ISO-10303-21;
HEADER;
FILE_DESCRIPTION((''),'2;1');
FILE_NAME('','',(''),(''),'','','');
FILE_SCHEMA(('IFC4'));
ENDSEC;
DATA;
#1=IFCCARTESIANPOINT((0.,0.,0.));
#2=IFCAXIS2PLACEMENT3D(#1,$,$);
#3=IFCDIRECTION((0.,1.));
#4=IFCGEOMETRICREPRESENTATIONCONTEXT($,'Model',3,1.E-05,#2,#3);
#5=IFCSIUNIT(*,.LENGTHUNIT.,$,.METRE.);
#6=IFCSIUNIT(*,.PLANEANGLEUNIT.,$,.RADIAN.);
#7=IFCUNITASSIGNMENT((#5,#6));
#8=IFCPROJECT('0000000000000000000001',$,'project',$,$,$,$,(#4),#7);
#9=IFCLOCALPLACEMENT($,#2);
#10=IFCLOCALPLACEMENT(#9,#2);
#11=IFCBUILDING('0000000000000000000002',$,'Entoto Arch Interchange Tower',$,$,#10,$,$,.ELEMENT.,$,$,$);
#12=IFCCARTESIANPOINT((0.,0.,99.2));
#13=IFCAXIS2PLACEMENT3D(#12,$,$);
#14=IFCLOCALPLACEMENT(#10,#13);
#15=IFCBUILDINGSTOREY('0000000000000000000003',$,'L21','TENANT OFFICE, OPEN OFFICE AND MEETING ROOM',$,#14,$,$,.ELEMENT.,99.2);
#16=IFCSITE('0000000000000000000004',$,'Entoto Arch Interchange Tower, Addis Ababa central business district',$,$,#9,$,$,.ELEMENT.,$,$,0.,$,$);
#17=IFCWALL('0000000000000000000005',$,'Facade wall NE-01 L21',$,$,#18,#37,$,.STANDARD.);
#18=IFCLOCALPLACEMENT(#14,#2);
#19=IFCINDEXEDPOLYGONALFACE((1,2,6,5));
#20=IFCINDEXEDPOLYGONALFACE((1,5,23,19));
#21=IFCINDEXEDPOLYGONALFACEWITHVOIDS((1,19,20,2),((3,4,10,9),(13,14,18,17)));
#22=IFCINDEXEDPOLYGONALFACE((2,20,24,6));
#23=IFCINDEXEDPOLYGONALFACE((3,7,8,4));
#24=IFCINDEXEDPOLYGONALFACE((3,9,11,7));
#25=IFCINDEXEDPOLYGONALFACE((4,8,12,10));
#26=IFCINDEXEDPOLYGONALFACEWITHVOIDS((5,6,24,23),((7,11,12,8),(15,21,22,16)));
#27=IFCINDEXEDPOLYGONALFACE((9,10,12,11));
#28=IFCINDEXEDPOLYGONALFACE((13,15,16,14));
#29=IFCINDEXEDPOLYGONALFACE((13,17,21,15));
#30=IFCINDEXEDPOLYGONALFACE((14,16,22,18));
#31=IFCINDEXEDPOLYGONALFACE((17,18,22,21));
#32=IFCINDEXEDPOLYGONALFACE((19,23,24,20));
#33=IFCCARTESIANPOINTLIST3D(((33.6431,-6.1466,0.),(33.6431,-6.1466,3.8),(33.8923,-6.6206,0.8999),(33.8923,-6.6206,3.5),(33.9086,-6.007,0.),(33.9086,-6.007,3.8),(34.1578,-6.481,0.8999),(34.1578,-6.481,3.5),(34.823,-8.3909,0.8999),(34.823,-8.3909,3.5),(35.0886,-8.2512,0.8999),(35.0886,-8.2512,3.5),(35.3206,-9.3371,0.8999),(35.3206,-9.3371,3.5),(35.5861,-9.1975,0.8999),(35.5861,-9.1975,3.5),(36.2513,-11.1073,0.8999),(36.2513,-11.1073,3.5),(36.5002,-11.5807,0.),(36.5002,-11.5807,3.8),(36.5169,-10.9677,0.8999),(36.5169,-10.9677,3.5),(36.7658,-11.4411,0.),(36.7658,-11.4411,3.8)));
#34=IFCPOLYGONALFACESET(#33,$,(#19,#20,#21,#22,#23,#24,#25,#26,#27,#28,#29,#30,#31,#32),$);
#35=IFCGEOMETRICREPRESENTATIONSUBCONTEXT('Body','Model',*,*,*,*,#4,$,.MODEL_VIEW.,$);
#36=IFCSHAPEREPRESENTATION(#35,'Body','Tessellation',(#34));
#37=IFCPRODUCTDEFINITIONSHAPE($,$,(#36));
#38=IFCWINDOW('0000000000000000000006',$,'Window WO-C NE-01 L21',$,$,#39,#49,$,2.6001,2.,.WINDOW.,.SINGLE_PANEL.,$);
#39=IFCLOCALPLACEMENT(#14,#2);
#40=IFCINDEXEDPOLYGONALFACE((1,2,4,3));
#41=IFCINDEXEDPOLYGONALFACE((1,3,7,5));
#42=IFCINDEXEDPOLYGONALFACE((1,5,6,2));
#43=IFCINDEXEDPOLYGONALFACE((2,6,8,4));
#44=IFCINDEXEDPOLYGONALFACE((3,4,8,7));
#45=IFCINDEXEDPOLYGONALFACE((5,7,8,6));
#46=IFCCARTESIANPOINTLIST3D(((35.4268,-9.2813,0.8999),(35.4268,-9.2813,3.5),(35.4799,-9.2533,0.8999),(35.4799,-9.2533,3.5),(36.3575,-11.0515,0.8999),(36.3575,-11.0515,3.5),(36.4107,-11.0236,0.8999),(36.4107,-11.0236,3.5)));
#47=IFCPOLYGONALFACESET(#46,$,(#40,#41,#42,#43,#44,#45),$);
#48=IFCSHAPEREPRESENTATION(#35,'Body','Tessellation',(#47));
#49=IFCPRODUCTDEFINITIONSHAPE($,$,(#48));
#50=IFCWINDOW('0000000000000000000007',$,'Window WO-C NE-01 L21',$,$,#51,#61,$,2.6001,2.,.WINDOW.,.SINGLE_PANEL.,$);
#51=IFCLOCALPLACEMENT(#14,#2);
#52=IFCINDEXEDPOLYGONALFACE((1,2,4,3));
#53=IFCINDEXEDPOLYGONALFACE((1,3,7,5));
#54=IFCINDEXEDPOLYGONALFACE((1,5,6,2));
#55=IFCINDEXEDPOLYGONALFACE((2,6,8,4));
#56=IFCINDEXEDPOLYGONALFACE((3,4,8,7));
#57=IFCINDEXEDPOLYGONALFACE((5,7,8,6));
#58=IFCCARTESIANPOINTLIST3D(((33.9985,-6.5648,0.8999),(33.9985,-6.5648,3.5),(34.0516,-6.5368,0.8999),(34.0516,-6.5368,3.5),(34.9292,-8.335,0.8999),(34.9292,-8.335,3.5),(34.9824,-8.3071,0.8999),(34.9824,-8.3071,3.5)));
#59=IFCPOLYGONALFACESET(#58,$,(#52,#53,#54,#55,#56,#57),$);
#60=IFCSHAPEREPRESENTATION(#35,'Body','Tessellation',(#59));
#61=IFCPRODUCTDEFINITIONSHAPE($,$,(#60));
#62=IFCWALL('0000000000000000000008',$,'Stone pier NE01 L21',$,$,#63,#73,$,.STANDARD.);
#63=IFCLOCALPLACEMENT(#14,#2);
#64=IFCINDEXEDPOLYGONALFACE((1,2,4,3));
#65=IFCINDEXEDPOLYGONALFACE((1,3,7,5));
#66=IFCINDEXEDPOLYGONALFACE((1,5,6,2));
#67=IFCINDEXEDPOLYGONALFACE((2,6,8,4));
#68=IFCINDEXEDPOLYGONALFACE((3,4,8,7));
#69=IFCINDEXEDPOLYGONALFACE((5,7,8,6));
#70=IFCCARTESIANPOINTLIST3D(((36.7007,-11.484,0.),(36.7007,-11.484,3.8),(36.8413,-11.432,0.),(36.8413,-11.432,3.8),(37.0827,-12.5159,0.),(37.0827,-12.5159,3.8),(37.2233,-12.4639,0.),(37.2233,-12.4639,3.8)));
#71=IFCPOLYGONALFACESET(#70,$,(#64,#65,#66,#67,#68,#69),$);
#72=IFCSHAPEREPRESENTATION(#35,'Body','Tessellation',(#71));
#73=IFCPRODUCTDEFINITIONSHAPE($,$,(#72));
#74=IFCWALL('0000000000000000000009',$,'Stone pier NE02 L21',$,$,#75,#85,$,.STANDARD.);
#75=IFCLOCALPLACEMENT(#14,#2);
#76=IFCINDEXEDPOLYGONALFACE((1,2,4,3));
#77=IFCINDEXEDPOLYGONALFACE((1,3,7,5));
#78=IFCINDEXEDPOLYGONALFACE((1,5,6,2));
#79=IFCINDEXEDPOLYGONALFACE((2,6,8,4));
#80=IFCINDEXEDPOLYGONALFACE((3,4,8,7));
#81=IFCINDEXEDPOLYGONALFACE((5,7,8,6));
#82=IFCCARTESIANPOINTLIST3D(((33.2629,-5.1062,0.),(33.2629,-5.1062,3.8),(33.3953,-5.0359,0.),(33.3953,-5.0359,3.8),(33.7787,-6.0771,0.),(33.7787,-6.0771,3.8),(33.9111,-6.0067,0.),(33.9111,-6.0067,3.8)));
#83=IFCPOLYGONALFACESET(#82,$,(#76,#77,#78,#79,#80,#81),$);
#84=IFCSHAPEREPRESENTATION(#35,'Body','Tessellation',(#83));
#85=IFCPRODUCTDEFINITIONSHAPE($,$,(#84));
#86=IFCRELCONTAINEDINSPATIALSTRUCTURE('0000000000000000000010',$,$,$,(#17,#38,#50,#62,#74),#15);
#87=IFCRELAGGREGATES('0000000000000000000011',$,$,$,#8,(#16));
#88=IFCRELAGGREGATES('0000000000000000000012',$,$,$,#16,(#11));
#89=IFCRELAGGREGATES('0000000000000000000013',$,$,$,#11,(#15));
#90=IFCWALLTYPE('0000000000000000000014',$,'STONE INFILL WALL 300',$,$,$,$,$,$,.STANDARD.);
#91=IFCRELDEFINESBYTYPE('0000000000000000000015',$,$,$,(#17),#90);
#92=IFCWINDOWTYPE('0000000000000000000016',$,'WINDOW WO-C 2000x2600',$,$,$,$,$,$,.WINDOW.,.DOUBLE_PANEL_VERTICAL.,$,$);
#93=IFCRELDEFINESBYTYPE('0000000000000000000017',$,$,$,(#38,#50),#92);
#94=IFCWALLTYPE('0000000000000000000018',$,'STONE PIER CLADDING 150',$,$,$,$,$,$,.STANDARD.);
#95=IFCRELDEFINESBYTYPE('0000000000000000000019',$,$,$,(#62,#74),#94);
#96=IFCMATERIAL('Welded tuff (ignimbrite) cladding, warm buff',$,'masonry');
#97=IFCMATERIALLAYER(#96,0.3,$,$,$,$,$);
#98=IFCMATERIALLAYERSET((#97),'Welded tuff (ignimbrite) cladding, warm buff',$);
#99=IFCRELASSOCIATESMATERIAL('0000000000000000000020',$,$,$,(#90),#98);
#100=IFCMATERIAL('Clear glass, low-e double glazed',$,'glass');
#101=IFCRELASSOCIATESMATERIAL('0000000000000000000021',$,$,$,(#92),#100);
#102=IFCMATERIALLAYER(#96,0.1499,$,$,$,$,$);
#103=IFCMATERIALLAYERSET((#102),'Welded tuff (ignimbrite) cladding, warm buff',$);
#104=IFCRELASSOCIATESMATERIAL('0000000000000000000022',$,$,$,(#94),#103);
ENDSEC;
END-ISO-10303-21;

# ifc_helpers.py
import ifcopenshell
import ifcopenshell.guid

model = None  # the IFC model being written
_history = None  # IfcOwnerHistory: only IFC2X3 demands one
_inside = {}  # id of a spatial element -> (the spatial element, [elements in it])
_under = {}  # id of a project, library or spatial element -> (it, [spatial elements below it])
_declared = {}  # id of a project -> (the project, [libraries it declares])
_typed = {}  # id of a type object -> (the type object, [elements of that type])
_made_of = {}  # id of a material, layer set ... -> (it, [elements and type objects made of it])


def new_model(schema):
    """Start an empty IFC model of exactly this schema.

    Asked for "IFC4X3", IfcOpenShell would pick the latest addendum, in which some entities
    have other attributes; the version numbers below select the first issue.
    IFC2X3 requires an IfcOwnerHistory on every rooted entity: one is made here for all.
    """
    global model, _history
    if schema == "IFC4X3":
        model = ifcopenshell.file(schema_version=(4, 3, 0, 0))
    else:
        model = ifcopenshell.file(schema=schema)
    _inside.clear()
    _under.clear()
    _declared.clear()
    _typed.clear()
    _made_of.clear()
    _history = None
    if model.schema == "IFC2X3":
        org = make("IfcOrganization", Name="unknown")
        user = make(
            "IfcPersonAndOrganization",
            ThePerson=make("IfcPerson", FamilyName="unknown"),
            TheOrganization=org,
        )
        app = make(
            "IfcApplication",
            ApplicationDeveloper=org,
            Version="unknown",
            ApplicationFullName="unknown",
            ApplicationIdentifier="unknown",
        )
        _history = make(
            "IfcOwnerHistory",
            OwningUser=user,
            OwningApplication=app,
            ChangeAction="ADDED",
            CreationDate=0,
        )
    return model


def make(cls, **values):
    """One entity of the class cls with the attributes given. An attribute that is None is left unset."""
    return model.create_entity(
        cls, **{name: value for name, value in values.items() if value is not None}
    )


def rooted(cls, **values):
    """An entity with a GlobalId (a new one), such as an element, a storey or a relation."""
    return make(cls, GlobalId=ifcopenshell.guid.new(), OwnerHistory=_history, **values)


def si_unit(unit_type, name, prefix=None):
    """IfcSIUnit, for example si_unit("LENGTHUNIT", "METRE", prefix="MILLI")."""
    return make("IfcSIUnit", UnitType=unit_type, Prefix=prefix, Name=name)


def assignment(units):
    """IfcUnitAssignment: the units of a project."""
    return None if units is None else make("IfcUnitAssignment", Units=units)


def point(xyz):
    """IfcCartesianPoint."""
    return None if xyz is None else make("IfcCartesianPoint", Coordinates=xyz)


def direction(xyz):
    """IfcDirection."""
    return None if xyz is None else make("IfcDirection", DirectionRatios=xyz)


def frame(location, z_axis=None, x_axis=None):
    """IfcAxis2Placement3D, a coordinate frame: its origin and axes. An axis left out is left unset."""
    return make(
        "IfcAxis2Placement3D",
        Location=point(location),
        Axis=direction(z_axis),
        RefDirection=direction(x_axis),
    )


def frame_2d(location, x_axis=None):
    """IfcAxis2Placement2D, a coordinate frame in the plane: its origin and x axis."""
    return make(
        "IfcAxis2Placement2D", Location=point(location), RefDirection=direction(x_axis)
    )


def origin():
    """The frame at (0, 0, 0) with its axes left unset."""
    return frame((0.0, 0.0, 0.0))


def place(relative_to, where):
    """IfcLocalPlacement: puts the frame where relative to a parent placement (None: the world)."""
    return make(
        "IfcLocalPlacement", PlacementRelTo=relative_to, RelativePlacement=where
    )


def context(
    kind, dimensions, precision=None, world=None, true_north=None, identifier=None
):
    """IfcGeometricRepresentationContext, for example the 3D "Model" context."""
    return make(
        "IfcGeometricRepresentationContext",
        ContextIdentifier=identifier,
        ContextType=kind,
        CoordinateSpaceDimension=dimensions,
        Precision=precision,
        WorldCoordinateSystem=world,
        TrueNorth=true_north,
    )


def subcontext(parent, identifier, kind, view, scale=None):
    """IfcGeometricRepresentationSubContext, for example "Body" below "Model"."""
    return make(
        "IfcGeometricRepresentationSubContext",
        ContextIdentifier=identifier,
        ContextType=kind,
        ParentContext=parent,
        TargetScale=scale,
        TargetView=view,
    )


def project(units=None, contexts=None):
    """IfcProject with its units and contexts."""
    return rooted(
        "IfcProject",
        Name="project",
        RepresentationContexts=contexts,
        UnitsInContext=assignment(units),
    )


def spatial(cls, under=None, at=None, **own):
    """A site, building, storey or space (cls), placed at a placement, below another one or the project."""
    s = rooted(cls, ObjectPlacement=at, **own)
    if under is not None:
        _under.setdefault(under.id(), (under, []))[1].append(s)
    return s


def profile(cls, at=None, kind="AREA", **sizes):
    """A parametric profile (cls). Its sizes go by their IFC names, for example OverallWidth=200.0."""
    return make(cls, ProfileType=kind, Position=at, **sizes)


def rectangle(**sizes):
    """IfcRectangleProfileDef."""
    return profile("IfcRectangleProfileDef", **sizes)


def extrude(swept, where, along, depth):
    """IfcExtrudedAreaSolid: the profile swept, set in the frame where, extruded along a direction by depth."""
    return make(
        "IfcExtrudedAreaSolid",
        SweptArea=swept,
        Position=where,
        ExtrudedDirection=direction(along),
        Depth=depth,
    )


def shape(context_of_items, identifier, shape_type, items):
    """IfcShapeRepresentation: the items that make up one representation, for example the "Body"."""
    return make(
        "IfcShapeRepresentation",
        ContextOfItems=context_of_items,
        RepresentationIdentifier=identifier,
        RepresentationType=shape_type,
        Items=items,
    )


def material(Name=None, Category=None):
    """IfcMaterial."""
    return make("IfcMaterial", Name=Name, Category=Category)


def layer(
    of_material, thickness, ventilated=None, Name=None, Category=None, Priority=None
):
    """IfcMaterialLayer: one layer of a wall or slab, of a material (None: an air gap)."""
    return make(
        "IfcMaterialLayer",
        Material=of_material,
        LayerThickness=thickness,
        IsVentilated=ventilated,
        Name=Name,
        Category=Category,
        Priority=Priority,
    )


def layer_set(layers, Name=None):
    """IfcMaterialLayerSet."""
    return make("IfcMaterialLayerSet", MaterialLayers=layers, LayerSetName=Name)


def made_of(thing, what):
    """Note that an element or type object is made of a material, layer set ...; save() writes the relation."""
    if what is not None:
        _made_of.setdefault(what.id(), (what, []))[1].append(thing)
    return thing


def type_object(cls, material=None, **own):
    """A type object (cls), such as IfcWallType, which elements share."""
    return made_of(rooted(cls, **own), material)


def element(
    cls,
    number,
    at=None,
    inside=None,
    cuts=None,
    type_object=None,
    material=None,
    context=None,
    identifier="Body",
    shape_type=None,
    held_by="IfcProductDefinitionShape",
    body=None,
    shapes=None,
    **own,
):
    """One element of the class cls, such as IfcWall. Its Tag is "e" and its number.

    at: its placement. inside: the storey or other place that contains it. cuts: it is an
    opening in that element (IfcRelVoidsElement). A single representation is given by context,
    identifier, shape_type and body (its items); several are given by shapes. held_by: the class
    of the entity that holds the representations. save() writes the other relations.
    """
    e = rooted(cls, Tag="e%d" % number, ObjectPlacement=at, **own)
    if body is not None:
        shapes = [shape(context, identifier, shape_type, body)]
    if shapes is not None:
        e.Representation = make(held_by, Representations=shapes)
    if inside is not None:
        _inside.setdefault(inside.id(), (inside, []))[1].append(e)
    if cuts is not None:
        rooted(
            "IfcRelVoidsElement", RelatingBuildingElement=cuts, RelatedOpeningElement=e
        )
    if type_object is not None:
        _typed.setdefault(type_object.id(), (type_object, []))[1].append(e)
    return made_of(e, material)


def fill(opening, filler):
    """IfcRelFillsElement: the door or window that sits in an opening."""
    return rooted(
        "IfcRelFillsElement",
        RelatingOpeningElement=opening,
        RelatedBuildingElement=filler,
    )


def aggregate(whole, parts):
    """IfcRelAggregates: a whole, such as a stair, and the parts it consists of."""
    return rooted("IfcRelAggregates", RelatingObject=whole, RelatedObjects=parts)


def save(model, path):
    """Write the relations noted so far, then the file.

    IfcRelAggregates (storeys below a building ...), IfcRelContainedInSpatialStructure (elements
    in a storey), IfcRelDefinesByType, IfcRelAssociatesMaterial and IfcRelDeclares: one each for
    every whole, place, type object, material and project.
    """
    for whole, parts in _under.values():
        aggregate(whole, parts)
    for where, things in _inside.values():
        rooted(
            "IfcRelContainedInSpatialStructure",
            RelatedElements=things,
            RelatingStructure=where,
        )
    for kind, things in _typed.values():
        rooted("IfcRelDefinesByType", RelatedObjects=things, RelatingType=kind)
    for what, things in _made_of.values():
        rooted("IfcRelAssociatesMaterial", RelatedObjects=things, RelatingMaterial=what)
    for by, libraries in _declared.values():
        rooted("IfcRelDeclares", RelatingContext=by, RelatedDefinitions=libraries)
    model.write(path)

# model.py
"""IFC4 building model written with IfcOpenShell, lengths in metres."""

from ifc_helpers import new_model, si_unit, direction, frame, frame_2d, origin, place, context, subcontext, project, spatial, rectangle, extrude, material, layer, layer_set, type_object, element, fill, save


model = new_model("IFC4")

# Units and contexts
model_context = context("Model", 3, precision=1e-05, world=origin(), true_north=direction((0.0, 1.0)))
body_context = subcontext(model_context, "Body", "Model", "MODEL_VIEW")
ifc_project = project(units=[si_unit("LENGTHUNIT", "METRE"), si_unit("PLANEANGLEUNIT", "RADIAN")], contexts=[model_context])

# Site, building, storey
site_placement = place(None, origin())
site = spatial("IfcSite", under=ifc_project, at=site_placement, Name="Entoto Arch Interchange Tower, Addis Ababa central business district", CompositionType="ELEMENT", RefElevation=0.0)
building_placement = place(site_placement, origin())
building = spatial("IfcBuilding", under=site, at=building_placement, Name="Entoto Arch Interchange Tower", CompositionType="ELEMENT")
storey_placement = place(building_placement, frame((0.0, 0.0, 99.2)))
storey = spatial("IfcBuildingStorey", under=building, at=storey_placement, Name="L21", Description="TENANT OFFICE, OPEN OFFICE AND MEETING ROOM", CompositionType="ELEMENT", Elevation=99.2)

# Shared definitions
ifc_material_1 = material(Name="Welded tuff (ignimbrite) cladding, warm buff", Category="masonry")
ifc_layer_1 = layer(ifc_material_1, 0.3)
ifc_layer_set_1 = layer_set([ifc_layer_1], Name="Welded tuff (ignimbrite) cladding, warm buff")
wall_type_1 = type_object("IfcWallType", Name="STONE INFILL WALL 300", PredefinedType="STANDARD", material=ifc_layer_set_1)
ifc_material_2 = material(Name="Clear glass, low-e double glazed", Category="glass")

# Wall, openings, windows
wall_1_placement = place(storey_placement, frame((36.6331, -11.511, 0.0), z_axis=(0.0, 0.0, 1.0), x_axis=(-0.465381, 0.885111, 0.0)))
wall_1 = element("IfcWall", 1, at=wall_1_placement, inside=storey, type_object=wall_type_1, Name="Facade wall NE-01 L21", PredefinedType="STANDARD", context=body_context, shape_type="SweptSolid", body=[
    extrude(rectangle(XDim=6.1394, YDim=0.3, at=frame_2d((3.0698, 0.0))), origin(), (0.0, 0.0, 1.0), 3.8),
])
opening_1_placement = place(wall_1_placement, frame((0.5349, 0.0, 0.8999)))
opening_1 = element("IfcOpeningElement", 2, at=opening_1_placement, cuts=wall_1, PredefinedType="OPENING", context=body_context, shape_type="SweptSolid", body=[
    extrude(rectangle(XDim=2.0, YDim=2.6001, at=frame_2d((1.0, 1.3))), frame((0.0, 0.1602, 0.0), z_axis=(0.0, -1.0, 0.0), x_axis=(1.0, 0.0, 0.0)), (0.0, 0.0, 1.0), 0.3201),
])
opening_2_placement = place(wall_1_placement, frame((3.604, 0.0, 0.8999)))
opening_2 = element("IfcOpeningElement", 3, at=opening_2_placement, cuts=wall_1, PredefinedType="OPENING", context=body_context, shape_type="SweptSolid", body=[
    extrude(rectangle(XDim=2.0, YDim=2.6001, at=frame_2d((1.0, 1.3))), frame((0.0, 0.1602, 0.0), z_axis=(0.0, -1.0, 0.0), x_axis=(1.0, 0.0, 0.0)), (0.0, 0.0, 1.0), 0.3201),
])
window_type_1 = type_object("IfcWindowType", Name="WINDOW WO-C 2000x2600", PartitioningType="DOUBLE_PANEL_VERTICAL", PredefinedType="WINDOW", material=ifc_material_2)
window_1_placement = place(opening_1_placement, origin())
window_1 = element("IfcWindow", 4, at=window_1_placement, inside=storey, type_object=window_type_1, Name="Window WO-C NE-01 L21", OverallHeight=2.6001, OverallWidth=2.0, PartitioningType="SINGLE_PANEL", PredefinedType="WINDOW", context=body_context, shape_type="SweptSolid", body=[
    extrude(rectangle(XDim=2.0, YDim=2.6001, at=frame_2d((1.0, 1.3))), frame((0.0, 0.03, 0.0), z_axis=(0.0, -1.0, 0.0), x_axis=(1.0, 0.0, 0.0)), (0.0, 0.0, 1.0), 0.0601),
])
fill(opening_1, window_1)
window_2_placement = place(opening_2_placement, origin())
window_2 = element("IfcWindow", 5, at=window_2_placement, inside=storey, type_object=window_type_1, Name="Window WO-C NE-01 L21", OverallHeight=2.6001, OverallWidth=2.0, PartitioningType="SINGLE_PANEL", PredefinedType="WINDOW", context=body_context, shape_type="SweptSolid", body=[
    extrude(rectangle(XDim=2.0, YDim=2.6001, at=frame_2d((1.0, 1.3))), frame((0.0, 0.03, 0.0), z_axis=(0.0, -1.0, 0.0), x_axis=(1.0, 0.0, 0.0)), (0.0, 0.0, 1.0), 0.0601),
])
fill(opening_2, window_2)

# Walls
ifc_layer_2 = layer(ifc_material_1, 0.1499)
ifc_layer_set_2 = layer_set([ifc_layer_2], Name="Welded tuff (ignimbrite) cladding, warm buff")
wall_type_2 = type_object("IfcWallType", Name="STONE PIER CLADDING 150", PredefinedType="STANDARD", material=ifc_layer_set_2)
wall_2_placement = place(storey_placement, frame((37.1531, -12.49, 0.0), z_axis=(0.0, 0.0, 1.0), x_axis=(-0.347206, 0.937789, 0.0)))
element("IfcWall", 6, at=wall_2_placement, inside=storey, type_object=wall_type_2, Name="Stone pier NE01 L21", PredefinedType="STANDARD", context=body_context, shape_type="SweptSolid", body=[
    extrude(rectangle(XDim=1.1003, YDim=0.1499, at=frame_2d((0.5503, 0.0))), origin(), (0.0, 0.0, 1.0), 3.8),
])
wall_3_placement = place(storey_placement, frame((33.845, -6.042, 0.0), z_axis=(0.0, 0.0, 1.0), x_axis=(-0.469193, 0.883096, 0.0)))
element("IfcWall", 7, at=wall_3_placement, inside=storey, type_object=wall_type_2, Name="Stone pier NE02 L21", PredefinedType="STANDARD", context=body_context, shape_type="SweptSolid", body=[
    extrude(rectangle(XDim=1.0994, YDim=0.1499, at=frame_2d((0.5498, 0.0))), origin(), (0.0, 0.0, 1.0), 3.8),
])

save(model, "model.ifc")
